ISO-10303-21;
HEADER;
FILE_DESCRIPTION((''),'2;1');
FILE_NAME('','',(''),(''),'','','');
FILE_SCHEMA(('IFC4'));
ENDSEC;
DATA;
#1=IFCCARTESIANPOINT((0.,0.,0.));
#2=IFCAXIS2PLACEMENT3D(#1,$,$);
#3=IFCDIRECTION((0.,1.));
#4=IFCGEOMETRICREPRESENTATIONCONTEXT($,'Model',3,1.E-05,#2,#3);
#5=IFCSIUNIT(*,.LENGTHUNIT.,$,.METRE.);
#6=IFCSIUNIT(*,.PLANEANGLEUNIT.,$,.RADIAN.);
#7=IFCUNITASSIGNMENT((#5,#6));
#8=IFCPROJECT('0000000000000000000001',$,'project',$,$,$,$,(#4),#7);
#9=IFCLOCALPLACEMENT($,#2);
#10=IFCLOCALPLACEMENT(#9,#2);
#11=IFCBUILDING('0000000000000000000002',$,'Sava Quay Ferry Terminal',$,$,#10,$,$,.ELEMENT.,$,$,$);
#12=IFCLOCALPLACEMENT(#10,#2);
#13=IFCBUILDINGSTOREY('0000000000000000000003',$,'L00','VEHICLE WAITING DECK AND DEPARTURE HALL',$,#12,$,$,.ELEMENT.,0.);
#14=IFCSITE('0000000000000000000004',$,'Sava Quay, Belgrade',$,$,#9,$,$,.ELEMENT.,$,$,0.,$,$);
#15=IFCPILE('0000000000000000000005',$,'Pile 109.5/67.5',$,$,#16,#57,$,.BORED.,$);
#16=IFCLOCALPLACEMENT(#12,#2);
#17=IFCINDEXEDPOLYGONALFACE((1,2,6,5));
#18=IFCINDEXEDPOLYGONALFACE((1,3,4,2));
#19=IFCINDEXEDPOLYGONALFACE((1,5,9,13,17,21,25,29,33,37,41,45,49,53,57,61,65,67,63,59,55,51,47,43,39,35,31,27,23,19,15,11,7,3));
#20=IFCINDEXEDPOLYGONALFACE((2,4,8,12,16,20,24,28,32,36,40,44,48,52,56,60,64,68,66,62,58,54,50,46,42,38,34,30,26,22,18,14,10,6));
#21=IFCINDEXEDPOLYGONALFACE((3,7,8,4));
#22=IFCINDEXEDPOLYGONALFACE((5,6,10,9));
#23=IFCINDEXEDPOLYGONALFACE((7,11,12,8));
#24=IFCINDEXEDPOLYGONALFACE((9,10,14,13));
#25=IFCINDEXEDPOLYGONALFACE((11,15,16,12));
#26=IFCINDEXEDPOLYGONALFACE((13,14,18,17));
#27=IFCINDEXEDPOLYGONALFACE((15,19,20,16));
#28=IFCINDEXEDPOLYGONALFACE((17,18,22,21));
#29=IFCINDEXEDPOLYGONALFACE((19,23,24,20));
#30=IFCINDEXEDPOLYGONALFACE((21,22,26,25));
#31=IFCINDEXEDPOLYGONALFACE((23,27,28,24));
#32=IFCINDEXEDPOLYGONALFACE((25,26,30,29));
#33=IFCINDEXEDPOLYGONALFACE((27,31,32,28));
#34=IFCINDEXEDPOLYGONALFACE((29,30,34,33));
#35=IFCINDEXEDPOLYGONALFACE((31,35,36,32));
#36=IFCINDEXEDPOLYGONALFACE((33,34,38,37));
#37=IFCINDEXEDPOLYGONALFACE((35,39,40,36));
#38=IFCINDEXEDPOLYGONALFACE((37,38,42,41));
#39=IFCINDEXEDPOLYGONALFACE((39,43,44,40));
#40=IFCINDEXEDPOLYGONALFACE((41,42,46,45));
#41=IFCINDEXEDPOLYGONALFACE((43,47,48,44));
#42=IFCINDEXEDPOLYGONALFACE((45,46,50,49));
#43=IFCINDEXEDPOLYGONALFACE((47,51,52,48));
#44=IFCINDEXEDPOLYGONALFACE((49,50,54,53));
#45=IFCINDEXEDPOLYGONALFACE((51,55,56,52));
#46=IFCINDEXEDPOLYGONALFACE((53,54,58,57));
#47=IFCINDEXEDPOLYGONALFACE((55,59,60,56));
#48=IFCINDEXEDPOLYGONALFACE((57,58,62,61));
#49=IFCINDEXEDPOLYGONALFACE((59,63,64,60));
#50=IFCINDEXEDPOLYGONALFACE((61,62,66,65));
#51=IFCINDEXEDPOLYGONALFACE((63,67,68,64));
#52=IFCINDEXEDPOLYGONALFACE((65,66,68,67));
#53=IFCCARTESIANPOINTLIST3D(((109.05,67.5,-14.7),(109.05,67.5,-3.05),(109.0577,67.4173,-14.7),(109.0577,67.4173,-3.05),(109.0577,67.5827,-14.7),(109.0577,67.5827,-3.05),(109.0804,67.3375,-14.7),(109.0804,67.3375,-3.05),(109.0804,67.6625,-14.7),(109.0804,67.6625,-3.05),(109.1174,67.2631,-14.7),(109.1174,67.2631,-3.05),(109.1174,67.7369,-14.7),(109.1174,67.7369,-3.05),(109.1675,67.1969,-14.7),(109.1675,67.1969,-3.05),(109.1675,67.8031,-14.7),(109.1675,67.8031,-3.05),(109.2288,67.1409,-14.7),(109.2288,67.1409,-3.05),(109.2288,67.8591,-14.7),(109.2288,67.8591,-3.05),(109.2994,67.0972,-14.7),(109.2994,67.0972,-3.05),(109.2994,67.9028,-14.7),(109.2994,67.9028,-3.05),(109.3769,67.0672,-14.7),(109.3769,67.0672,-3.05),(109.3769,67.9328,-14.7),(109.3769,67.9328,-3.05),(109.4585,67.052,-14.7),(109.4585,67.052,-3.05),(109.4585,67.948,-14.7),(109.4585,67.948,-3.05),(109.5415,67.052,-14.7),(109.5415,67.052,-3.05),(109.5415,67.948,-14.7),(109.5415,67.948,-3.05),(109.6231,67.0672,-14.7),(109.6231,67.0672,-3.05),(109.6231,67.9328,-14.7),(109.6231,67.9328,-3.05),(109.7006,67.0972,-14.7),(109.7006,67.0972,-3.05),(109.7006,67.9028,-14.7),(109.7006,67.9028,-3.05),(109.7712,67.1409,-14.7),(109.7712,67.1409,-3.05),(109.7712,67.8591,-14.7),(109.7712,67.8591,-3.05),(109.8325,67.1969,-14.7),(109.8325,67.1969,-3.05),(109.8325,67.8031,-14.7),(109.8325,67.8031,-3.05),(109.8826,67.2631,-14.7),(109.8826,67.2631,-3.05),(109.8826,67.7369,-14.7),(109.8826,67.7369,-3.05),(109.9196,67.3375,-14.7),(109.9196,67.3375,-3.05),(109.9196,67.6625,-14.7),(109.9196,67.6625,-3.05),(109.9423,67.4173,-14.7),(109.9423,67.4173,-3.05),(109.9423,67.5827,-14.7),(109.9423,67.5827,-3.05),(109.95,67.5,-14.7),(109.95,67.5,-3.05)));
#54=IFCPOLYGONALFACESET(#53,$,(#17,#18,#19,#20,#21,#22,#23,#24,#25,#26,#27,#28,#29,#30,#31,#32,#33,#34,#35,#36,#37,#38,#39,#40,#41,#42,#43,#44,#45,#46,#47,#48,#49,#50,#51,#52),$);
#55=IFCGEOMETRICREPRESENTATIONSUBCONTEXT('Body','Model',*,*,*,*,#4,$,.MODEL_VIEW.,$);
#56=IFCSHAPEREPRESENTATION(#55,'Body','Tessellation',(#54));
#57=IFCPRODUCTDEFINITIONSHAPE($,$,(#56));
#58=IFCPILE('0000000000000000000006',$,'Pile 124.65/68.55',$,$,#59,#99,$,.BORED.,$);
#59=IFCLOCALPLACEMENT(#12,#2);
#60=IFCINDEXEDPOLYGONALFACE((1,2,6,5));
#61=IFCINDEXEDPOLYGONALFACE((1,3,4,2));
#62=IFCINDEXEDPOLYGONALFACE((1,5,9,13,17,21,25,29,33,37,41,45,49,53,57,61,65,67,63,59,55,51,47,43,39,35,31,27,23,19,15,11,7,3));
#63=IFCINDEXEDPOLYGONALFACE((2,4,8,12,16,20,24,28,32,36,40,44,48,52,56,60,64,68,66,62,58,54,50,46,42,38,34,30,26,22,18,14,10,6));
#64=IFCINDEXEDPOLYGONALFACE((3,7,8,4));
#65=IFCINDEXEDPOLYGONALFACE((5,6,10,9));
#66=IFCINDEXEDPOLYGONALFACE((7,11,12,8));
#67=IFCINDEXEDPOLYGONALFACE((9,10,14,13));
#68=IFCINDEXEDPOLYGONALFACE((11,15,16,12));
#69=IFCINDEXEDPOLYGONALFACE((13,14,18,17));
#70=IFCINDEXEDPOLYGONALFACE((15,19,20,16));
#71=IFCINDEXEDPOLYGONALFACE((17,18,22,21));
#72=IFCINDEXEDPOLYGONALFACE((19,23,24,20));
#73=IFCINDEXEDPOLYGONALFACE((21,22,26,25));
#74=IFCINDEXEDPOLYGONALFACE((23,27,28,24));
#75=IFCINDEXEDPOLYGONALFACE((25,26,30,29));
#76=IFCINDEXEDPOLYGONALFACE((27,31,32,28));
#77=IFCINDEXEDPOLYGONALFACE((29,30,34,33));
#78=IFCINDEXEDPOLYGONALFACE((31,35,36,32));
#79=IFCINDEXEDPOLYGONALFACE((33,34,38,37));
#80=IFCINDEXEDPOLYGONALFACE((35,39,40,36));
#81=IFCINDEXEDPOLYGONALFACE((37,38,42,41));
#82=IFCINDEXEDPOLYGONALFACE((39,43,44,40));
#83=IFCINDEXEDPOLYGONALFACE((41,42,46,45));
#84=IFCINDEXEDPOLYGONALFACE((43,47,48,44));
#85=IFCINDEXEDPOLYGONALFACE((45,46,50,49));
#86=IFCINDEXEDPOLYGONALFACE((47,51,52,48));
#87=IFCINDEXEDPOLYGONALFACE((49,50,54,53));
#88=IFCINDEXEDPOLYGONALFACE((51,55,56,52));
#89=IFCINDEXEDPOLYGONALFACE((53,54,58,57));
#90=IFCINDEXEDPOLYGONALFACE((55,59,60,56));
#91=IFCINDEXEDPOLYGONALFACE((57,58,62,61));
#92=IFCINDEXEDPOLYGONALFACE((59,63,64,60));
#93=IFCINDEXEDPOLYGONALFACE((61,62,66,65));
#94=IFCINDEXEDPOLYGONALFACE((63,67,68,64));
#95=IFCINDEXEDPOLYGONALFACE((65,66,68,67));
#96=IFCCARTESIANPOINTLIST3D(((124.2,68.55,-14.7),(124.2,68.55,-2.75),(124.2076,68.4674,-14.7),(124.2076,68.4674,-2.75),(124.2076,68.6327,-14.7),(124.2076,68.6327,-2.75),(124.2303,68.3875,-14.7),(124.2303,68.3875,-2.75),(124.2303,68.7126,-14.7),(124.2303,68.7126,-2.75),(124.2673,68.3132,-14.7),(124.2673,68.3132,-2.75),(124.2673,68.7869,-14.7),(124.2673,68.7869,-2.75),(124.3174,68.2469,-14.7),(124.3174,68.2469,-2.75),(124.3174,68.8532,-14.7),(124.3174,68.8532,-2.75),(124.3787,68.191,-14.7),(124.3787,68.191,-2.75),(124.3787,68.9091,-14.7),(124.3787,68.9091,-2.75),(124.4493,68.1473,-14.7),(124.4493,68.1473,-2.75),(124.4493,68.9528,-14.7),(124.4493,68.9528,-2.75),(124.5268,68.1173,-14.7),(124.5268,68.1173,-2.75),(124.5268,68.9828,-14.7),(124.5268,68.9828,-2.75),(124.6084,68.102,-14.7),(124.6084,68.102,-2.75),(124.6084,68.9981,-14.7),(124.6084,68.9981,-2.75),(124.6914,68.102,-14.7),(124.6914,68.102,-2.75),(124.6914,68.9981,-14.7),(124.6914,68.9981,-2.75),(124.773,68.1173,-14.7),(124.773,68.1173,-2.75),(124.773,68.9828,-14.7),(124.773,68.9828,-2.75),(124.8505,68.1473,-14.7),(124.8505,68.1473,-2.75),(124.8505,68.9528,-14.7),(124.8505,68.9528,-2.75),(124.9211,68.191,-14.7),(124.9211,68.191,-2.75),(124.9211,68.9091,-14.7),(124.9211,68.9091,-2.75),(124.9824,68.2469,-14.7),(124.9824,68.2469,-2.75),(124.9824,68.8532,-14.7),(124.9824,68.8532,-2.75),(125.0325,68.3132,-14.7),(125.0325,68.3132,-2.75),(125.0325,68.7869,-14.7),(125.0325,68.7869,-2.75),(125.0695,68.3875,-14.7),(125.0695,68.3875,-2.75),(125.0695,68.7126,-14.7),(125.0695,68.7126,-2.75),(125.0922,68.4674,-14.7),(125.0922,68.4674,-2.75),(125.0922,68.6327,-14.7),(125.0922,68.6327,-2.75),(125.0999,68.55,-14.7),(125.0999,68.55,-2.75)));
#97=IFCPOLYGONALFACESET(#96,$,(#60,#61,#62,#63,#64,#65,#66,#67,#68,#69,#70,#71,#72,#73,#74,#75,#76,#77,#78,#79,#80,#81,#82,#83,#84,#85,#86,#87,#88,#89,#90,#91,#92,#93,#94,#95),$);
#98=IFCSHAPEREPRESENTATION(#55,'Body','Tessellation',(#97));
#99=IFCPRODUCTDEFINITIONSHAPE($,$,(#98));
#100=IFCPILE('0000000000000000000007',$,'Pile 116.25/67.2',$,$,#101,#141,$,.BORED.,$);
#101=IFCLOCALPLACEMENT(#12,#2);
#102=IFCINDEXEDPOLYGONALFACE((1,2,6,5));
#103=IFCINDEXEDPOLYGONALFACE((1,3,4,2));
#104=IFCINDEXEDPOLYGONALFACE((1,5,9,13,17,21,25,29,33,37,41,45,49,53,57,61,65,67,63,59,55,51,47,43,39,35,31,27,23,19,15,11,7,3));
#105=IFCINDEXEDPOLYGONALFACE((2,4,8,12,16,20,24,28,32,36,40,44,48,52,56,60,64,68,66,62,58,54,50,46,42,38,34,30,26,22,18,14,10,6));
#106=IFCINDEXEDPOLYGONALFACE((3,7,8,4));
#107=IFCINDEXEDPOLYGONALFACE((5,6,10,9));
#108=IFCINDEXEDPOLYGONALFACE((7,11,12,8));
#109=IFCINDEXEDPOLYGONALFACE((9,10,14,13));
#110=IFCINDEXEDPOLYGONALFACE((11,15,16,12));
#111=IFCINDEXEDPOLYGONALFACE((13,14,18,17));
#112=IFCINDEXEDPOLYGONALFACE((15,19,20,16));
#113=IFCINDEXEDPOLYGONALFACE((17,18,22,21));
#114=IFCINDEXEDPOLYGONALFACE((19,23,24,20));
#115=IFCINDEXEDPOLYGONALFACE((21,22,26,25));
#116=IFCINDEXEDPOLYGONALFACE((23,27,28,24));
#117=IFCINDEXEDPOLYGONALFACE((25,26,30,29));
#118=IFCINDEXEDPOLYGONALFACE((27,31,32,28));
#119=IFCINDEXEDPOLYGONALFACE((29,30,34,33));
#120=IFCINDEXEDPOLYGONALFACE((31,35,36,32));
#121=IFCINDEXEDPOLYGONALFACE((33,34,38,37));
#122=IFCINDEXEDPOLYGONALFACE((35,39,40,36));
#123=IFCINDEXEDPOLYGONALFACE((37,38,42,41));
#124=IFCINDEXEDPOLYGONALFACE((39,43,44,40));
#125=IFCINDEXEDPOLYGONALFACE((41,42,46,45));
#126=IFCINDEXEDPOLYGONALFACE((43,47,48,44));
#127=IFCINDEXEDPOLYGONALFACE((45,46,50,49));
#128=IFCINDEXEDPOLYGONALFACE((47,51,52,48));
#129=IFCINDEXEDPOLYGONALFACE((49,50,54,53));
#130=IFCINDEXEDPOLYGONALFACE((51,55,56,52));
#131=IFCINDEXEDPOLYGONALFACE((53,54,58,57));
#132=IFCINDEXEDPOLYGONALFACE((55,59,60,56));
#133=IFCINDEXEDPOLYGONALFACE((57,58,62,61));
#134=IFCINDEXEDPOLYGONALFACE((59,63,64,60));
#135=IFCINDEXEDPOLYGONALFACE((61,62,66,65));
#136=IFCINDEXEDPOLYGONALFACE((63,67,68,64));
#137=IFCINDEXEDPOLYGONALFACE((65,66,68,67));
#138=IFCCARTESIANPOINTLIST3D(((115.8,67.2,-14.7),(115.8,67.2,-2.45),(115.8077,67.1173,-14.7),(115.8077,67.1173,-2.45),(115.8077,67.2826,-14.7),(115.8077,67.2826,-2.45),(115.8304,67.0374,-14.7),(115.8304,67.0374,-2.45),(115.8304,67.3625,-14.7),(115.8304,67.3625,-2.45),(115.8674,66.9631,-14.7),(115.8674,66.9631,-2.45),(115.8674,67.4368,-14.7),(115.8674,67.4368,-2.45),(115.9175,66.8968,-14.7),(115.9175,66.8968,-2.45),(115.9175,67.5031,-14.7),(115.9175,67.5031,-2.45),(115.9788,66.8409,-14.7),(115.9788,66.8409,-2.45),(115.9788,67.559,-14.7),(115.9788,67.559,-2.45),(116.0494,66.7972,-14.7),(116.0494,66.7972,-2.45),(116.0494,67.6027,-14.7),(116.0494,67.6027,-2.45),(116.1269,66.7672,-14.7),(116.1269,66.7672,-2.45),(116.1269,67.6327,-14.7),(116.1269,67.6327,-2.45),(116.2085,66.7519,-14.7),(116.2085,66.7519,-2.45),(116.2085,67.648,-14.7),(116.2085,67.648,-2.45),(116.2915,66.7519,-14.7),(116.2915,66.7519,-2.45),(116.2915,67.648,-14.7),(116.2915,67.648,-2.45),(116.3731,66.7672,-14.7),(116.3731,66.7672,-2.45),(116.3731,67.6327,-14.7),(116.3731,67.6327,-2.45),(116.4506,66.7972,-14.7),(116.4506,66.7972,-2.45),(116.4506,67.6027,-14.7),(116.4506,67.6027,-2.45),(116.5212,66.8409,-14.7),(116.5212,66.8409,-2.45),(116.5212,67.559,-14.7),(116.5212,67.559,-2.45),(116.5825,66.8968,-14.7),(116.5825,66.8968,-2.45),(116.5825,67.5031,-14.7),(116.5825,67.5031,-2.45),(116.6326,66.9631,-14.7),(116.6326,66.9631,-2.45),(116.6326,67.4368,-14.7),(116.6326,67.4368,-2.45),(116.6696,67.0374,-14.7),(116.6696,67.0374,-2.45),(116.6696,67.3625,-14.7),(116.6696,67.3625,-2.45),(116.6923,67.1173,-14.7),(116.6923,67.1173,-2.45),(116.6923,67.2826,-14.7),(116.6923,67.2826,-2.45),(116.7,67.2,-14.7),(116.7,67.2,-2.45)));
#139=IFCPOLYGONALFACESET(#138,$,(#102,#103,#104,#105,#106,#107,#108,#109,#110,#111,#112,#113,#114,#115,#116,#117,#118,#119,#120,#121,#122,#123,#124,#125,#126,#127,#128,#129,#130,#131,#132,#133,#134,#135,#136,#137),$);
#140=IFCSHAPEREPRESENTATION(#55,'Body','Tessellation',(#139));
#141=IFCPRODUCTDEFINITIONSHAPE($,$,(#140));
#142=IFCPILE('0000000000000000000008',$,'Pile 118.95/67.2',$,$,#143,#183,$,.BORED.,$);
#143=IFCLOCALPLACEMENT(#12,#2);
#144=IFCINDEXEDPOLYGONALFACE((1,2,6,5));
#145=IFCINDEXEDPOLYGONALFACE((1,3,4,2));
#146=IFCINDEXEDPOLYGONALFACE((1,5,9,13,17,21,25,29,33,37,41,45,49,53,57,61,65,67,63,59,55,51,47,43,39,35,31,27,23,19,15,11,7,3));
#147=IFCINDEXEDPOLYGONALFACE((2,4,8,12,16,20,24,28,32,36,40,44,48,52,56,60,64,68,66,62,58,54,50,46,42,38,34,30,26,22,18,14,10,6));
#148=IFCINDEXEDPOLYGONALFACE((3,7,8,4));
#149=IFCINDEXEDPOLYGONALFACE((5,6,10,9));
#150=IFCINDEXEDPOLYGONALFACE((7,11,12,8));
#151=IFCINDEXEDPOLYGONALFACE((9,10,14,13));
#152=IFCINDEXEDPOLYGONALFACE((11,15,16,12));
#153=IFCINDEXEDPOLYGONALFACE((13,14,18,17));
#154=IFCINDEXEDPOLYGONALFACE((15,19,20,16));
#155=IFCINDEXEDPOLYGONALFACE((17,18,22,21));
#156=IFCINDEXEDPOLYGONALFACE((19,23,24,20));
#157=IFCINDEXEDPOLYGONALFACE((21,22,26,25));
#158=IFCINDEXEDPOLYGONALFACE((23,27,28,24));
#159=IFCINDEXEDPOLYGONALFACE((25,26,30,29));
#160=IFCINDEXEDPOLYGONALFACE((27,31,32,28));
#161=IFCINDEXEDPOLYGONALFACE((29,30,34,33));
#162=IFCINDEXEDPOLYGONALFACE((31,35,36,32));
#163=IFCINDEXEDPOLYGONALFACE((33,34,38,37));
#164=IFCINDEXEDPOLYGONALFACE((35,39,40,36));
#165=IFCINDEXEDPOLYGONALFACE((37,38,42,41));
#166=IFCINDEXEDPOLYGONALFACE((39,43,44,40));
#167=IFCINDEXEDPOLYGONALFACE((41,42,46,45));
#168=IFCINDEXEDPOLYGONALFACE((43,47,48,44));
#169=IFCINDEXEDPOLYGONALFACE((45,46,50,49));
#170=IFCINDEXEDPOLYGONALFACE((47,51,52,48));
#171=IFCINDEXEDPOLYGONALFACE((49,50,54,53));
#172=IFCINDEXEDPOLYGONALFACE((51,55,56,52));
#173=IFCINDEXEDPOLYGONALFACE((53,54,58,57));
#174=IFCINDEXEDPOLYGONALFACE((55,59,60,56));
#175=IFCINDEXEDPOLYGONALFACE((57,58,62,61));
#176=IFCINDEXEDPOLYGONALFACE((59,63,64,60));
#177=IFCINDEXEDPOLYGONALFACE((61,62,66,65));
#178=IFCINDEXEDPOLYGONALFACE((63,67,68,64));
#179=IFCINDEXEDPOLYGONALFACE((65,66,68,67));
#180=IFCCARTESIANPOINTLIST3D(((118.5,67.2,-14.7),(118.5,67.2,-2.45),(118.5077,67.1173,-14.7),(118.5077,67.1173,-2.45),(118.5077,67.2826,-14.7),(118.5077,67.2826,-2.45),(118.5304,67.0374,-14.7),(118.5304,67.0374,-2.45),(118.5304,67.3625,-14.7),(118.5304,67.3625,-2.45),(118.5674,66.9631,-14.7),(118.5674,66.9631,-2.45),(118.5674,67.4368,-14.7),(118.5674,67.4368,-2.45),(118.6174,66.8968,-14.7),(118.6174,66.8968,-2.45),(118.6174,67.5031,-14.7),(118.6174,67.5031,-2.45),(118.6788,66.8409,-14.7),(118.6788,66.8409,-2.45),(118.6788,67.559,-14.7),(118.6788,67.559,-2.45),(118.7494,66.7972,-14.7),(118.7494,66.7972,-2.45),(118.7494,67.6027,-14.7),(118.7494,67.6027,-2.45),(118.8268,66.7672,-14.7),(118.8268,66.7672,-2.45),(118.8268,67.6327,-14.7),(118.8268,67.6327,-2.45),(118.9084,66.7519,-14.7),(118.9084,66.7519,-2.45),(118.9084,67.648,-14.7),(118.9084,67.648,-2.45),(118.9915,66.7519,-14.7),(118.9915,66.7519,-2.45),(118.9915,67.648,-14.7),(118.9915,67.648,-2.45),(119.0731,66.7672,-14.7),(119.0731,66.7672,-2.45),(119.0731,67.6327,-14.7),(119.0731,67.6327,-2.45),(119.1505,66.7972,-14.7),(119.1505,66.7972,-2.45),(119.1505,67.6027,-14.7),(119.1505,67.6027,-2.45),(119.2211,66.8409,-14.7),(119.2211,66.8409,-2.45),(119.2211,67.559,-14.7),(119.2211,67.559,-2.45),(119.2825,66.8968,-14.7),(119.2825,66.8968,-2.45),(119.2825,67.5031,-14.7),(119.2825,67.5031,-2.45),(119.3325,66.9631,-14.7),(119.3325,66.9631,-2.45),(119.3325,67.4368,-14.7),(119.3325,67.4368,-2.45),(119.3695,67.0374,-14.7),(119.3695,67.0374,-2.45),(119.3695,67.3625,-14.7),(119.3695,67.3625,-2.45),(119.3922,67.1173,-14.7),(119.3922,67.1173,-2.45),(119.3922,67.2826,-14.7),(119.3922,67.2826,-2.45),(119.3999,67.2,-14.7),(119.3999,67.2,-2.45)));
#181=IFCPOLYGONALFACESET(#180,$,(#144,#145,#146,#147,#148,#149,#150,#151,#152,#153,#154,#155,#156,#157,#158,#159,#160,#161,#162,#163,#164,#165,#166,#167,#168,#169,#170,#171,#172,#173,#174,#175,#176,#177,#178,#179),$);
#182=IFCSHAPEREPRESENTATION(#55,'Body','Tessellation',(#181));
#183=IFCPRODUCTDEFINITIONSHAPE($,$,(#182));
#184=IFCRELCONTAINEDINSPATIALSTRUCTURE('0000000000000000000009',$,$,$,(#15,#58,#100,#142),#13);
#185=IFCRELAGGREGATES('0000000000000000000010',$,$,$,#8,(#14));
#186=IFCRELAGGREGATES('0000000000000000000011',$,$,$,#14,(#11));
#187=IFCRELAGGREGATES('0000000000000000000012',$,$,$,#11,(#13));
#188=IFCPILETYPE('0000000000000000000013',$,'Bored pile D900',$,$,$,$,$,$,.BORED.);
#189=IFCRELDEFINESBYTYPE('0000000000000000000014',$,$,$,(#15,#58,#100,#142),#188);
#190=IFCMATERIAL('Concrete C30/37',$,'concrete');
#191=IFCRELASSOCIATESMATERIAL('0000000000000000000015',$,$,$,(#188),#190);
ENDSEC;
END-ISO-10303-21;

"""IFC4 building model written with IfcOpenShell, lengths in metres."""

from ifc_helpers import new_model, si_unit, direction, frame, origin, origin_2d, place, context, subcontext, project, spatial, circle, extrude, material, material_profile, profile_set, type_object, element, save


model = new_model("IFC4")

# Units and contexts
model_context = context("Model", 3, precision=1e-05, world=origin(), true_north=direction((0.0, 1.0)))
body_context = subcontext(model_context, "Body", "Model", "MODEL_VIEW")
ifc_project = project(units=[si_unit("LENGTHUNIT", "METRE"), si_unit("PLANEANGLEUNIT", "RADIAN")], contexts=[model_context])

# Site, building, storey
site_placement = place(None, origin())
site = spatial("IfcSite", under=ifc_project, at=site_placement, Name="Sava Quay, Belgrade", CompositionType="ELEMENT", RefElevation=0.0)
building_placement = place(site_placement, origin())
building = spatial("IfcBuilding", under=site, at=building_placement, Name="Sava Quay Ferry Terminal", CompositionType="ELEMENT")
storey_placement = place(building_placement, origin())
storey = spatial("IfcBuildingStorey", under=building, at=storey_placement, Name="L00", Description="VEHICLE WAITING DECK AND DEPARTURE HALL", CompositionType="ELEMENT", Elevation=0.0)

# Piles
ifc_material_1 = material(Name="Concrete C30/37", Category="concrete")
ifc_material_profile_1 = material_profile(ifc_material_1, circle(Radius=0.45, at=origin_2d()), Name="Bored pile D900")
ifc_profile_set_1 = profile_set([ifc_material_profile_1], Name="Concrete C30/37")
pile_type = type_object("IfcPileType", Name="Bored pile D900", PredefinedType="BORED", material=ifc_profile_set_1)
pile_1_placement = place(storey_placement, frame((109.5, 67.5, -3.05), z_axis=(0.0, 0.0, -1.0), x_axis=(1.0, 0.0, 0.0)))
element("IfcPile", 1, at=pile_1_placement, inside=storey, type_object=pile_type, Name="Pile 109.5/67.5", PredefinedType="BORED", context=body_context, shape_type="SweptSolid", body=[
    extrude(circle(Radius=0.45, at=origin_2d()), origin(), (0.0, 0.0, 1.0), 11.6499),
])
pile_2_placement = place(storey_placement, frame((124.6499, 68.55, -2.75), z_axis=(0.0, 0.0, -1.0), x_axis=(1.0, 0.0, 0.0)))
element("IfcPile", 2, at=pile_2_placement, inside=storey, type_object=pile_type, Name="Pile 124.65/68.55", PredefinedType="BORED", context=body_context, shape_type="SweptSolid", body=[
    extrude(circle(Radius=0.45, at=origin_2d()), origin(), (0.0, 0.0, 1.0), 11.95),
])
for number, where, z_axis, x_axis, name in (
    (3, (116.25, 67.2, -2.45), (0.0, 0.0, -1.0), (1.0, 0.0, 0.0), "Pile 116.25/67.2"),
    (4, (118.95, 67.2, -2.45), (0.0, 0.0, -1.0), (1.0, 0.0, 0.0), "Pile 118.95/67.2"),
):
    element("IfcPile", number, at=place(storey_placement, frame(where, z_axis=z_axis, x_axis=x_axis)), inside=storey, type_object=pile_type, Name=name, PredefinedType="BORED", context=body_context, shape_type="SweptSolid", body=[
        extrude(circle(Radius=0.45, at=origin_2d()), origin(), (0.0, 0.0, 1.0), 12.25),
    ])

save(model, "model.ifc")
